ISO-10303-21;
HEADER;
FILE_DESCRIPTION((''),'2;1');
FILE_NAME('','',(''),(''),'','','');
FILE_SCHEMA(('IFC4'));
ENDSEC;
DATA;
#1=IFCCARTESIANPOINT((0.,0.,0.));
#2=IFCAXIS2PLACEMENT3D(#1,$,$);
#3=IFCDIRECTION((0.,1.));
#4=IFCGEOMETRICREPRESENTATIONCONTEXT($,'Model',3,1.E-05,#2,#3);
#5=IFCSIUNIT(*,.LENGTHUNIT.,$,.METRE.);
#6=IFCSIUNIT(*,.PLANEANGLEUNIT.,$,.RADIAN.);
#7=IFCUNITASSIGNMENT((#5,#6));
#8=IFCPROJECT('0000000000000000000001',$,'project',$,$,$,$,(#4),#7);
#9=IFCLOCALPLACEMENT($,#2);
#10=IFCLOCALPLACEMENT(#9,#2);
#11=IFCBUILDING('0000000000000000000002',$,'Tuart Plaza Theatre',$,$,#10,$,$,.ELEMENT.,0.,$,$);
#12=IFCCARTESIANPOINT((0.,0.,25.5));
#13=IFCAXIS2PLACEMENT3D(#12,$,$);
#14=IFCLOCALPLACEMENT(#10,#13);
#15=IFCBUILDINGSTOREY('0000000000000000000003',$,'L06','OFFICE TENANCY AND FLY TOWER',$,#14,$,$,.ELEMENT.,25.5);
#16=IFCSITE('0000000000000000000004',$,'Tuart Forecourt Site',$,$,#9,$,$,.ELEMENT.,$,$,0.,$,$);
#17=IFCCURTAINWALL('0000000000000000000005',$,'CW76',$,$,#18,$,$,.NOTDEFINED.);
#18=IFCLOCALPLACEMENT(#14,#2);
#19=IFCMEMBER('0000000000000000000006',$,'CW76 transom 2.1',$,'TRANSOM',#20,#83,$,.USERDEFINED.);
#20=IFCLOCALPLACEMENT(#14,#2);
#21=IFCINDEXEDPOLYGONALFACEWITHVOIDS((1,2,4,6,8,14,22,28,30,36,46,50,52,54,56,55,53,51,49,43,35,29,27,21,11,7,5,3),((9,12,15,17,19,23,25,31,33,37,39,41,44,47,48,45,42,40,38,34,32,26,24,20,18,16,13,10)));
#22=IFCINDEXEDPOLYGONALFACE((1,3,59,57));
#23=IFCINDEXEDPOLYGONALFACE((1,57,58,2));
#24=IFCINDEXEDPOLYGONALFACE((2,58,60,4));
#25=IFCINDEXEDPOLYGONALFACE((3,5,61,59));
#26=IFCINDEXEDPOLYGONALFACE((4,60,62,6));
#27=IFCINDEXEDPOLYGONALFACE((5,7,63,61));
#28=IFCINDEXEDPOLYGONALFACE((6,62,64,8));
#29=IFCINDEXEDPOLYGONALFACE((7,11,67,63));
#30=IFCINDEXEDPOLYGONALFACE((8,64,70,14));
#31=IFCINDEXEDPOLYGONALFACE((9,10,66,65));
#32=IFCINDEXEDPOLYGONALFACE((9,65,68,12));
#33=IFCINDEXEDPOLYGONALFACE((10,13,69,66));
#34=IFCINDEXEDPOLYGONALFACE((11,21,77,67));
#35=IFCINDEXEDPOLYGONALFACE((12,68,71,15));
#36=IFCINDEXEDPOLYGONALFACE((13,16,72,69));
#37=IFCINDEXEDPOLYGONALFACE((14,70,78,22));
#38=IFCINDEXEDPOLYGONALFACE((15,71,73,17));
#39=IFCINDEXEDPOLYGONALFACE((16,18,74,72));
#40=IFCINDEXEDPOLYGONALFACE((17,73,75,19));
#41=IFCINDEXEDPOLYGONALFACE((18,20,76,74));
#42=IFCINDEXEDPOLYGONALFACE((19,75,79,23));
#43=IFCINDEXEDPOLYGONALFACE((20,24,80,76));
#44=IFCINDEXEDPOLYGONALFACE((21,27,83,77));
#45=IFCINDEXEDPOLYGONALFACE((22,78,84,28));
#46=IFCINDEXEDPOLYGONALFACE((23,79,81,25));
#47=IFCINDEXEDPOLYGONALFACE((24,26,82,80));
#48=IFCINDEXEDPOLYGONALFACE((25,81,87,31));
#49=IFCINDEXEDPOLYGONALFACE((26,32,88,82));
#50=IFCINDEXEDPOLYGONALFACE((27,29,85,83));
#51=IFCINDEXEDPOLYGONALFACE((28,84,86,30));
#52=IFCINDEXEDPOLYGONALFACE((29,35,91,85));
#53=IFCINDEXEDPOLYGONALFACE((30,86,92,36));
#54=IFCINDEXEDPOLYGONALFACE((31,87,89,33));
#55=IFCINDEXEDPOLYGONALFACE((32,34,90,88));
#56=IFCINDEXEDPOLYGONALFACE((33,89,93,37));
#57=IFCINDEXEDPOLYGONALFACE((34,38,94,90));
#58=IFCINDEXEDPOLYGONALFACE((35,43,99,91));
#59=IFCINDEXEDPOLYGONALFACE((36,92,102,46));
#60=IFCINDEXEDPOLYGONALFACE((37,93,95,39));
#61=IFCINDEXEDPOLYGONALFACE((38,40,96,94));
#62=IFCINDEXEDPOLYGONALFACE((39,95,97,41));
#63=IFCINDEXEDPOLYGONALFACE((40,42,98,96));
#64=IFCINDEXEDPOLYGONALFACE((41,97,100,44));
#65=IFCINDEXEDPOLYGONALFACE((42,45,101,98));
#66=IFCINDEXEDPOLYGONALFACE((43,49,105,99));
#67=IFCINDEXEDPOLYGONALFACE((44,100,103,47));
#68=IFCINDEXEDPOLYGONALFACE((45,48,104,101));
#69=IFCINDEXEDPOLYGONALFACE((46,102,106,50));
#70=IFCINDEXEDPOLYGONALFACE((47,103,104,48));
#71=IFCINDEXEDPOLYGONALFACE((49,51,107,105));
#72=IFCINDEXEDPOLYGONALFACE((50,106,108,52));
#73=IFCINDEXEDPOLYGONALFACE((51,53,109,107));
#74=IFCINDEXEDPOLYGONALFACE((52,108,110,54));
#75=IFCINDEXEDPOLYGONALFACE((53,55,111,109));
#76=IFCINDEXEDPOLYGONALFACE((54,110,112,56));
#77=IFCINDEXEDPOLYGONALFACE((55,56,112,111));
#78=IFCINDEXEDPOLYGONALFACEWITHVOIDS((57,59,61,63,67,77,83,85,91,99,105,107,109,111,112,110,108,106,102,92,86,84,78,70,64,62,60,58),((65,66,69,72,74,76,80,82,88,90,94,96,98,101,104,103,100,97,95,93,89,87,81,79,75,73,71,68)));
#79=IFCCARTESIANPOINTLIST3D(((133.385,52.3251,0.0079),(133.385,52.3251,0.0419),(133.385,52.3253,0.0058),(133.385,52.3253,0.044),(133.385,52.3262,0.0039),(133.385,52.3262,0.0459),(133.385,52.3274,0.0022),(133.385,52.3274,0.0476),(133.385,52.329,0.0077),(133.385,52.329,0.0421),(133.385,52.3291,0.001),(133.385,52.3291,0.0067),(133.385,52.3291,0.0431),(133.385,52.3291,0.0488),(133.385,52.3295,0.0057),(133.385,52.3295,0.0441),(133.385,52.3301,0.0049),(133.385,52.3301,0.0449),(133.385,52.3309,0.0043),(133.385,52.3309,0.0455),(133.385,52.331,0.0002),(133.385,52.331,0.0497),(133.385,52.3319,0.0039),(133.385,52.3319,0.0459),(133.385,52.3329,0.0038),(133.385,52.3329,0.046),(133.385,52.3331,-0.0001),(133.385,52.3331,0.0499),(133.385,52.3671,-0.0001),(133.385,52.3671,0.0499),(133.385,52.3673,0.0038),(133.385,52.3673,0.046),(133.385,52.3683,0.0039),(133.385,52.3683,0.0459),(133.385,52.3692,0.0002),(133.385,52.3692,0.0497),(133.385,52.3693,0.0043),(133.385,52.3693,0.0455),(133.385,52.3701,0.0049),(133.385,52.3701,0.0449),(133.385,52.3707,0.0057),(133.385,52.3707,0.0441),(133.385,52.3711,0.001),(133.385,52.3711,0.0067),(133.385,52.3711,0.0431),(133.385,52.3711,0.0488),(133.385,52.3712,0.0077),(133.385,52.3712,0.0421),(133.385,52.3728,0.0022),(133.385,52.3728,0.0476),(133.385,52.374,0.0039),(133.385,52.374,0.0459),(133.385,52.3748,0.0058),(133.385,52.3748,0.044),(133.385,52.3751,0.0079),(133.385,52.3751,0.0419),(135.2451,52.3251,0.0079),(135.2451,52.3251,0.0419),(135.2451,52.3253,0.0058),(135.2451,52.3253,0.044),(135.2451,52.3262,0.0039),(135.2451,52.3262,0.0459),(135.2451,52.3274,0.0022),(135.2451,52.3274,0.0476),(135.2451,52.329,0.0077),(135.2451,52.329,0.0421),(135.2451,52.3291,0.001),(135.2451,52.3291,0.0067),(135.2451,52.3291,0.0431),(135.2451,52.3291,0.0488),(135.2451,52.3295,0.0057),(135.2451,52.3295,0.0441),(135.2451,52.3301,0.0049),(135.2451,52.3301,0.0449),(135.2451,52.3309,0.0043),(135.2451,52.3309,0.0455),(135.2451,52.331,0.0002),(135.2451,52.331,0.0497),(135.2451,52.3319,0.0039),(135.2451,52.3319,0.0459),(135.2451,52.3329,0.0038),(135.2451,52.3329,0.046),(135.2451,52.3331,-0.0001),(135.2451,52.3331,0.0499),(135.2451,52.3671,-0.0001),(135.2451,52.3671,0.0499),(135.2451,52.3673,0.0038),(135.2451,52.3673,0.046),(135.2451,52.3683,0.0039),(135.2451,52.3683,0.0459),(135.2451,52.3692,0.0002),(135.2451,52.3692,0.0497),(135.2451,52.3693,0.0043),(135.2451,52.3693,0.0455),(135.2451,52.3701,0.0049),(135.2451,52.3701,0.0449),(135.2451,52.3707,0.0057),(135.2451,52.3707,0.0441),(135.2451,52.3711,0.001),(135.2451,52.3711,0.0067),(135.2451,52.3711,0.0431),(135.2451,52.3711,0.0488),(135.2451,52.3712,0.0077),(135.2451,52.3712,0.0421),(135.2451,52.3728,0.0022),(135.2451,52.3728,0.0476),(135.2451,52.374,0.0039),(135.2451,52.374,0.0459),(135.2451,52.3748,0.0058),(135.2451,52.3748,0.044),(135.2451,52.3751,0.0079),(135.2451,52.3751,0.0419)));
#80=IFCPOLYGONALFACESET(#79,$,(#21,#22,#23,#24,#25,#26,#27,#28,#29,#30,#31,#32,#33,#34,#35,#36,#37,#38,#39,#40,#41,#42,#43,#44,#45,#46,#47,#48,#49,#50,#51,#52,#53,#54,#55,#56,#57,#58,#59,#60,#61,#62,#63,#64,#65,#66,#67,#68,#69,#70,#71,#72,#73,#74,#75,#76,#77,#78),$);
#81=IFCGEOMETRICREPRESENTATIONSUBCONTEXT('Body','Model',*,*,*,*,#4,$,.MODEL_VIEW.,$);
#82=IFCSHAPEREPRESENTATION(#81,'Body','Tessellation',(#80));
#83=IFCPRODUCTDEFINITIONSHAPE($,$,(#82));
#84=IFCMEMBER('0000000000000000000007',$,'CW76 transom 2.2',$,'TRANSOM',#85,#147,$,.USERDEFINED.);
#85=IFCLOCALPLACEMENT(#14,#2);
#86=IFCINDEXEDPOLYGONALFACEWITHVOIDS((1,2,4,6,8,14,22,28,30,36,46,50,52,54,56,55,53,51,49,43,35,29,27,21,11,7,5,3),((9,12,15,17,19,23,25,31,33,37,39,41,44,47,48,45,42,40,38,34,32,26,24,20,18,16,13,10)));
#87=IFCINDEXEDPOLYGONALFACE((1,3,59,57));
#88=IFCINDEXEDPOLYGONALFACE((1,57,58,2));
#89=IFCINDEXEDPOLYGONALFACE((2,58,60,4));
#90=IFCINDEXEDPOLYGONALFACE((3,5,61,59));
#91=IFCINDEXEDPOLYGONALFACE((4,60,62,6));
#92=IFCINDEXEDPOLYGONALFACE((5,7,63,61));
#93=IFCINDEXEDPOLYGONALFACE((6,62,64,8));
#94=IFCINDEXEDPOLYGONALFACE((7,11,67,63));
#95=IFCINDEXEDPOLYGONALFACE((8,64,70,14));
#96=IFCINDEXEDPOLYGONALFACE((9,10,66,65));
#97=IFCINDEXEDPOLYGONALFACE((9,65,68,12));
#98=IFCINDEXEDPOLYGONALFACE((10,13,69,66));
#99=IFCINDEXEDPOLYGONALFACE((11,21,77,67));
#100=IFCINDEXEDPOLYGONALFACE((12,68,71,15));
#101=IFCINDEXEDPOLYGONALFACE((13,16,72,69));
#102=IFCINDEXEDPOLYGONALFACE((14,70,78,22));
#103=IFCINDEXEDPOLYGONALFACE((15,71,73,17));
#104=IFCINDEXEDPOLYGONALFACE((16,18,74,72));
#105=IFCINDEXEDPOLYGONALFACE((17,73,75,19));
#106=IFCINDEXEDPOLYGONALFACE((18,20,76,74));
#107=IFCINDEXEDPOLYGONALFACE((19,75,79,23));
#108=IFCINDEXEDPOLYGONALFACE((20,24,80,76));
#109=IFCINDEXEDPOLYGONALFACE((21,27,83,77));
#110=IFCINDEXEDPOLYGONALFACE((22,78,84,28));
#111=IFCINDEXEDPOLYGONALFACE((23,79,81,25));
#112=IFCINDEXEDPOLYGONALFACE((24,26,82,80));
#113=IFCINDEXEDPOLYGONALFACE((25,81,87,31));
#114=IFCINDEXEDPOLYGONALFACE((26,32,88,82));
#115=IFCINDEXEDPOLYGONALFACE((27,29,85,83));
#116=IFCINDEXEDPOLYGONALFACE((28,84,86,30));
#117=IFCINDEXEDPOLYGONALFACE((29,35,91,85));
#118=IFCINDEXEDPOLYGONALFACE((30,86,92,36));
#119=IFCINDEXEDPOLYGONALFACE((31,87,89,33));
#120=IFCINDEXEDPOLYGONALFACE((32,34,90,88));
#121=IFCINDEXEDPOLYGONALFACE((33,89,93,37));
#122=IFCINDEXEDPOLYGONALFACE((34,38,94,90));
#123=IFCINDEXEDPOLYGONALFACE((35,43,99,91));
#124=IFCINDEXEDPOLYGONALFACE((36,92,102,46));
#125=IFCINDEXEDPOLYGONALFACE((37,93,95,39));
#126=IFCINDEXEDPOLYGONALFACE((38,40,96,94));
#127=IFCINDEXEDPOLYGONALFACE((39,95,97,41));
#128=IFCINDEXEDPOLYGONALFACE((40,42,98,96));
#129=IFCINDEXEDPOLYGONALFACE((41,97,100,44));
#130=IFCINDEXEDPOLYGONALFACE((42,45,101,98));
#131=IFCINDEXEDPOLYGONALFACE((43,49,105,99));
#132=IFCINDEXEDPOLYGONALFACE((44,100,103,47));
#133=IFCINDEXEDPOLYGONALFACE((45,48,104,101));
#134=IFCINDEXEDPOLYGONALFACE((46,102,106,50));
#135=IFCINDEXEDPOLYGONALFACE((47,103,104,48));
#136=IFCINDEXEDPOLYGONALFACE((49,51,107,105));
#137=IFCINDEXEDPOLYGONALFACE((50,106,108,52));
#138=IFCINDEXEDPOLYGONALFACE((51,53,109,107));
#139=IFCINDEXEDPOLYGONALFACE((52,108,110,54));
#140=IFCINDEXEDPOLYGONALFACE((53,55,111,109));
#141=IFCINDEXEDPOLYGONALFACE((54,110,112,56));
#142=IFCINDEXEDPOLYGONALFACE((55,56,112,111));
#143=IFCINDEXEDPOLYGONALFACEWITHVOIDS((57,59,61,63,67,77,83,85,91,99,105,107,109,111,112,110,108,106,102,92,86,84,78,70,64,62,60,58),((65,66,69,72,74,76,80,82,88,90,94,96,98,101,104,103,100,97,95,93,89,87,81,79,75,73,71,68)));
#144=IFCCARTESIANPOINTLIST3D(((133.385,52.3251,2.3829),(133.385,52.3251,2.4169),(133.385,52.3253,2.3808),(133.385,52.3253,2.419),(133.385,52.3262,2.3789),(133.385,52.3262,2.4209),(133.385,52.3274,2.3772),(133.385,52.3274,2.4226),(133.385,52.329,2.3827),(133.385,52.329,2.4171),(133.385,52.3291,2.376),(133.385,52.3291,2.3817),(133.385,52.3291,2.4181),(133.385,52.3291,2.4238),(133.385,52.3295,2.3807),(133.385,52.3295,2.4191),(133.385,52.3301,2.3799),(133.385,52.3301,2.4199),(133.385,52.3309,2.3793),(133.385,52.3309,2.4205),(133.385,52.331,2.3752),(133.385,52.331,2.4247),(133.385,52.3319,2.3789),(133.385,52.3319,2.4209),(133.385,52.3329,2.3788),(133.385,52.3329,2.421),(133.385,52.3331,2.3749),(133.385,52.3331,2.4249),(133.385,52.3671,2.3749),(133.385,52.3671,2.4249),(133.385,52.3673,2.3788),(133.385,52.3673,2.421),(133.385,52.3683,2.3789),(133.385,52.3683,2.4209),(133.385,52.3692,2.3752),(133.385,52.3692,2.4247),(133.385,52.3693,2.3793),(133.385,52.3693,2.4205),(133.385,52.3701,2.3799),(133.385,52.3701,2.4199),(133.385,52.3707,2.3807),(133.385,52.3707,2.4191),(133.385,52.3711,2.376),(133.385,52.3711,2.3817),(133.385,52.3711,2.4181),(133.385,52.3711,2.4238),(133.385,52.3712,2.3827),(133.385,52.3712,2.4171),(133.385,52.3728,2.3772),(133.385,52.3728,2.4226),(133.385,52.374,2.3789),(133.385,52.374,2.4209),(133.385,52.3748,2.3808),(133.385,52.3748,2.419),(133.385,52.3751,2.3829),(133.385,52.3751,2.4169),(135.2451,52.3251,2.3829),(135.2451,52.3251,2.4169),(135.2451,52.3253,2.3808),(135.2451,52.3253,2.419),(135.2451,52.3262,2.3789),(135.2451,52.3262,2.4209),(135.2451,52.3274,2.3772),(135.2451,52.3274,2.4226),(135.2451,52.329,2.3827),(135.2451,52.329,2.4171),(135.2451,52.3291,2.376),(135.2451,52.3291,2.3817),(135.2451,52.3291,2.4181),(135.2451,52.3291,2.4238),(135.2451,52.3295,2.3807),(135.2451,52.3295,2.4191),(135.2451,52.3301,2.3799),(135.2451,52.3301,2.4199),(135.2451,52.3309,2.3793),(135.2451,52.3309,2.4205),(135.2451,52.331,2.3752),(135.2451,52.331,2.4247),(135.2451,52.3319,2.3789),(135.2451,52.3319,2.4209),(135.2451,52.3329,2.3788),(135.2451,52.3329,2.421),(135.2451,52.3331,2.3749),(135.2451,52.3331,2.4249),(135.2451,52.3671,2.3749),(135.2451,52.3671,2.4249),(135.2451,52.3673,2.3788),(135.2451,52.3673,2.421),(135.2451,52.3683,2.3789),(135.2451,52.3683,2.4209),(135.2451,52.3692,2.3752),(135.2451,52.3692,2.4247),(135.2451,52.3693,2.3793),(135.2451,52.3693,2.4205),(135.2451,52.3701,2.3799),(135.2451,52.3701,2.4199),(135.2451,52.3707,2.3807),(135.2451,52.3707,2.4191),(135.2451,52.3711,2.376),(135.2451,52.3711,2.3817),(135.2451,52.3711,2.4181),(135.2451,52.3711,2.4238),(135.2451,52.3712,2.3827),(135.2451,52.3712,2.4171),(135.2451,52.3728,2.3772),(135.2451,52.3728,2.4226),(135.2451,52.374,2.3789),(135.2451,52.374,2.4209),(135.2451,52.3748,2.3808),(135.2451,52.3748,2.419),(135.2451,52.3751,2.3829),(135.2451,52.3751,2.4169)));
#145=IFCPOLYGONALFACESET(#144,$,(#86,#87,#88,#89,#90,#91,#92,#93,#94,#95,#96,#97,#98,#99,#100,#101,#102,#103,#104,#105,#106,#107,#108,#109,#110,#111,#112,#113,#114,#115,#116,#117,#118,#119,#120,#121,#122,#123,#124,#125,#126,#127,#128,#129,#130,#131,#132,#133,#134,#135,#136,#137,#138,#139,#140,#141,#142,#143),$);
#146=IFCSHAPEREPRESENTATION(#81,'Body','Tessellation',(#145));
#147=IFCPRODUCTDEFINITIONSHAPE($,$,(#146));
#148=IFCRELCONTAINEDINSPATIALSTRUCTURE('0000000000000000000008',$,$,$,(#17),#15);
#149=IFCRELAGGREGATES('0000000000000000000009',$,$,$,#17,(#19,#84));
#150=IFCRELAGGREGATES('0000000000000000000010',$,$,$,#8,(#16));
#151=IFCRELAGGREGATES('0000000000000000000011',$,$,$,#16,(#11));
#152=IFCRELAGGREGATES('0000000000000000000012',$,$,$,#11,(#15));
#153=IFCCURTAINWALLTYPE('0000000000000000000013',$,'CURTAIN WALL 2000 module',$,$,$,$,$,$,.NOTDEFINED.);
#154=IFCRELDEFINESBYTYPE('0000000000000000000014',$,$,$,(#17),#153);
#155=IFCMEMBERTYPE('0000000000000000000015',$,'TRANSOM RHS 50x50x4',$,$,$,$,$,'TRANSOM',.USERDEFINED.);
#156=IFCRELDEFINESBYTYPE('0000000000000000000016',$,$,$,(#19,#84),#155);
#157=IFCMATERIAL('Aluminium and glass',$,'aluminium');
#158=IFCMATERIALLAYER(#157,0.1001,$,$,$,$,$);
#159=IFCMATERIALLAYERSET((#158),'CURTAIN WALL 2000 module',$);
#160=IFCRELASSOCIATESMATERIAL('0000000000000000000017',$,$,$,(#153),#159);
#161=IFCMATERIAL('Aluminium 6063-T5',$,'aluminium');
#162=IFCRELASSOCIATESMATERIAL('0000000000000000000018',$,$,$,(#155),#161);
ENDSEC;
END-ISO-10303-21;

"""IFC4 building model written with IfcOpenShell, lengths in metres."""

from ifc_helpers import new_model, si_unit, direction, frame, origin, origin_2d, place, context, subcontext, project, spatial, hollow_rectangle, extrude, material, layer, layer_set, material_profile, profile_set, type_object, element, aggregate, save


model = new_model("IFC4")

# Units and contexts
model_context = context("Model", 3, precision=1e-05, world=origin(), true_north=direction((0.0, 1.0)))
body_context = subcontext(model_context, "Body", "Model", "MODEL_VIEW")
ifc_project = project(units=[si_unit("LENGTHUNIT", "METRE"), si_unit("PLANEANGLEUNIT", "RADIAN")], contexts=[model_context])

# Site, building, storey
site_placement = place(None, origin())
site = spatial("IfcSite", under=ifc_project, at=site_placement, Name="Tuart Forecourt Site", CompositionType="ELEMENT", RefElevation=0.0)
building_placement = place(site_placement, origin())
building = spatial("IfcBuilding", under=site, at=building_placement, Name="Tuart Plaza Theatre", CompositionType="ELEMENT", ElevationOfRefHeight=0.0)
storey_placement = place(building_placement, frame((0.0, 0.0, 25.5)))
storey = spatial("IfcBuildingStorey", under=building, at=storey_placement, Name="L06", Description="OFFICE TENANCY AND FLY TOWER", CompositionType="ELEMENT", Elevation=25.5)

# Curtain wall, members
ifc_material_1 = material(Name="Aluminium and glass", Category="aluminium")
ifc_layer_1 = layer(ifc_material_1, 0.1001)
ifc_layer_set_1 = layer_set([ifc_layer_1], Name="CURTAIN WALL 2000 module")
curtain_wall_type = type_object("IfcCurtainWallType", Name="CURTAIN WALL 2000 module", PredefinedType="NOTDEFINED", material=ifc_layer_set_1)
curtain_wall_placement = place(storey_placement, origin())
curtain_wall = element("IfcCurtainWall", 1, at=curtain_wall_placement, inside=storey, type_object=curtain_wall_type, Name="CW76", PredefinedType="NOTDEFINED")
ifc_material_2 = material(Name="Aluminium 6063-T5", Category="aluminium")
ifc_material_profile_1 = material_profile(ifc_material_2, hollow_rectangle(XDim=0.05, YDim=0.05, WallThickness=0.0039, InnerFilletRadius=0.0039, OuterFilletRadius=0.0081, at=origin_2d()), Name="RHS 50x50x4")
ifc_profile_set_1 = profile_set([ifc_material_profile_1], Name="Aluminium 6063-T5")
member_type_1 = type_object("IfcMemberType", Name="TRANSOM RHS 50x50x4", ElementType="TRANSOM", PredefinedType="USERDEFINED", material=ifc_profile_set_1)
member_1_placement = place(storey_placement, frame((133.385, 52.3501, 0.0249), z_axis=(1.0, 0.0, 0.0), x_axis=(0.0, 1.0, 0.0)))
member_1 = element("IfcMember", 2, at=member_1_placement, type_object=member_type_1, Name="CW76 transom 2.1", ObjectType="TRANSOM", PredefinedType="USERDEFINED", context=body_context, shape_type="SweptSolid", body=[
    extrude(hollow_rectangle(XDim=0.05, YDim=0.05, WallThickness=0.0039, InnerFilletRadius=0.0039, OuterFilletRadius=0.0081, at=origin_2d()), origin(), (0.0, 0.0, 1.0), 1.8601),
])
member_2_placement = place(storey_placement, frame((133.385, 52.3501, 2.3999), z_axis=(1.0, 0.0, 0.0), x_axis=(0.0, 1.0, 0.0)))
member_2 = element("IfcMember", 3, at=member_2_placement, type_object=member_type_1, Name="CW76 transom 2.2", ObjectType="TRANSOM", PredefinedType="USERDEFINED", context=body_context, shape_type="SweptSolid", body=[
    extrude(hollow_rectangle(XDim=0.05, YDim=0.05, WallThickness=0.0039, InnerFilletRadius=0.0039, OuterFilletRadius=0.0081, at=origin_2d()), origin(), (0.0, 0.0, 1.0), 1.8601),
])
aggregate(curtain_wall, [member_1, member_2])

save(model, "model.ifc")
